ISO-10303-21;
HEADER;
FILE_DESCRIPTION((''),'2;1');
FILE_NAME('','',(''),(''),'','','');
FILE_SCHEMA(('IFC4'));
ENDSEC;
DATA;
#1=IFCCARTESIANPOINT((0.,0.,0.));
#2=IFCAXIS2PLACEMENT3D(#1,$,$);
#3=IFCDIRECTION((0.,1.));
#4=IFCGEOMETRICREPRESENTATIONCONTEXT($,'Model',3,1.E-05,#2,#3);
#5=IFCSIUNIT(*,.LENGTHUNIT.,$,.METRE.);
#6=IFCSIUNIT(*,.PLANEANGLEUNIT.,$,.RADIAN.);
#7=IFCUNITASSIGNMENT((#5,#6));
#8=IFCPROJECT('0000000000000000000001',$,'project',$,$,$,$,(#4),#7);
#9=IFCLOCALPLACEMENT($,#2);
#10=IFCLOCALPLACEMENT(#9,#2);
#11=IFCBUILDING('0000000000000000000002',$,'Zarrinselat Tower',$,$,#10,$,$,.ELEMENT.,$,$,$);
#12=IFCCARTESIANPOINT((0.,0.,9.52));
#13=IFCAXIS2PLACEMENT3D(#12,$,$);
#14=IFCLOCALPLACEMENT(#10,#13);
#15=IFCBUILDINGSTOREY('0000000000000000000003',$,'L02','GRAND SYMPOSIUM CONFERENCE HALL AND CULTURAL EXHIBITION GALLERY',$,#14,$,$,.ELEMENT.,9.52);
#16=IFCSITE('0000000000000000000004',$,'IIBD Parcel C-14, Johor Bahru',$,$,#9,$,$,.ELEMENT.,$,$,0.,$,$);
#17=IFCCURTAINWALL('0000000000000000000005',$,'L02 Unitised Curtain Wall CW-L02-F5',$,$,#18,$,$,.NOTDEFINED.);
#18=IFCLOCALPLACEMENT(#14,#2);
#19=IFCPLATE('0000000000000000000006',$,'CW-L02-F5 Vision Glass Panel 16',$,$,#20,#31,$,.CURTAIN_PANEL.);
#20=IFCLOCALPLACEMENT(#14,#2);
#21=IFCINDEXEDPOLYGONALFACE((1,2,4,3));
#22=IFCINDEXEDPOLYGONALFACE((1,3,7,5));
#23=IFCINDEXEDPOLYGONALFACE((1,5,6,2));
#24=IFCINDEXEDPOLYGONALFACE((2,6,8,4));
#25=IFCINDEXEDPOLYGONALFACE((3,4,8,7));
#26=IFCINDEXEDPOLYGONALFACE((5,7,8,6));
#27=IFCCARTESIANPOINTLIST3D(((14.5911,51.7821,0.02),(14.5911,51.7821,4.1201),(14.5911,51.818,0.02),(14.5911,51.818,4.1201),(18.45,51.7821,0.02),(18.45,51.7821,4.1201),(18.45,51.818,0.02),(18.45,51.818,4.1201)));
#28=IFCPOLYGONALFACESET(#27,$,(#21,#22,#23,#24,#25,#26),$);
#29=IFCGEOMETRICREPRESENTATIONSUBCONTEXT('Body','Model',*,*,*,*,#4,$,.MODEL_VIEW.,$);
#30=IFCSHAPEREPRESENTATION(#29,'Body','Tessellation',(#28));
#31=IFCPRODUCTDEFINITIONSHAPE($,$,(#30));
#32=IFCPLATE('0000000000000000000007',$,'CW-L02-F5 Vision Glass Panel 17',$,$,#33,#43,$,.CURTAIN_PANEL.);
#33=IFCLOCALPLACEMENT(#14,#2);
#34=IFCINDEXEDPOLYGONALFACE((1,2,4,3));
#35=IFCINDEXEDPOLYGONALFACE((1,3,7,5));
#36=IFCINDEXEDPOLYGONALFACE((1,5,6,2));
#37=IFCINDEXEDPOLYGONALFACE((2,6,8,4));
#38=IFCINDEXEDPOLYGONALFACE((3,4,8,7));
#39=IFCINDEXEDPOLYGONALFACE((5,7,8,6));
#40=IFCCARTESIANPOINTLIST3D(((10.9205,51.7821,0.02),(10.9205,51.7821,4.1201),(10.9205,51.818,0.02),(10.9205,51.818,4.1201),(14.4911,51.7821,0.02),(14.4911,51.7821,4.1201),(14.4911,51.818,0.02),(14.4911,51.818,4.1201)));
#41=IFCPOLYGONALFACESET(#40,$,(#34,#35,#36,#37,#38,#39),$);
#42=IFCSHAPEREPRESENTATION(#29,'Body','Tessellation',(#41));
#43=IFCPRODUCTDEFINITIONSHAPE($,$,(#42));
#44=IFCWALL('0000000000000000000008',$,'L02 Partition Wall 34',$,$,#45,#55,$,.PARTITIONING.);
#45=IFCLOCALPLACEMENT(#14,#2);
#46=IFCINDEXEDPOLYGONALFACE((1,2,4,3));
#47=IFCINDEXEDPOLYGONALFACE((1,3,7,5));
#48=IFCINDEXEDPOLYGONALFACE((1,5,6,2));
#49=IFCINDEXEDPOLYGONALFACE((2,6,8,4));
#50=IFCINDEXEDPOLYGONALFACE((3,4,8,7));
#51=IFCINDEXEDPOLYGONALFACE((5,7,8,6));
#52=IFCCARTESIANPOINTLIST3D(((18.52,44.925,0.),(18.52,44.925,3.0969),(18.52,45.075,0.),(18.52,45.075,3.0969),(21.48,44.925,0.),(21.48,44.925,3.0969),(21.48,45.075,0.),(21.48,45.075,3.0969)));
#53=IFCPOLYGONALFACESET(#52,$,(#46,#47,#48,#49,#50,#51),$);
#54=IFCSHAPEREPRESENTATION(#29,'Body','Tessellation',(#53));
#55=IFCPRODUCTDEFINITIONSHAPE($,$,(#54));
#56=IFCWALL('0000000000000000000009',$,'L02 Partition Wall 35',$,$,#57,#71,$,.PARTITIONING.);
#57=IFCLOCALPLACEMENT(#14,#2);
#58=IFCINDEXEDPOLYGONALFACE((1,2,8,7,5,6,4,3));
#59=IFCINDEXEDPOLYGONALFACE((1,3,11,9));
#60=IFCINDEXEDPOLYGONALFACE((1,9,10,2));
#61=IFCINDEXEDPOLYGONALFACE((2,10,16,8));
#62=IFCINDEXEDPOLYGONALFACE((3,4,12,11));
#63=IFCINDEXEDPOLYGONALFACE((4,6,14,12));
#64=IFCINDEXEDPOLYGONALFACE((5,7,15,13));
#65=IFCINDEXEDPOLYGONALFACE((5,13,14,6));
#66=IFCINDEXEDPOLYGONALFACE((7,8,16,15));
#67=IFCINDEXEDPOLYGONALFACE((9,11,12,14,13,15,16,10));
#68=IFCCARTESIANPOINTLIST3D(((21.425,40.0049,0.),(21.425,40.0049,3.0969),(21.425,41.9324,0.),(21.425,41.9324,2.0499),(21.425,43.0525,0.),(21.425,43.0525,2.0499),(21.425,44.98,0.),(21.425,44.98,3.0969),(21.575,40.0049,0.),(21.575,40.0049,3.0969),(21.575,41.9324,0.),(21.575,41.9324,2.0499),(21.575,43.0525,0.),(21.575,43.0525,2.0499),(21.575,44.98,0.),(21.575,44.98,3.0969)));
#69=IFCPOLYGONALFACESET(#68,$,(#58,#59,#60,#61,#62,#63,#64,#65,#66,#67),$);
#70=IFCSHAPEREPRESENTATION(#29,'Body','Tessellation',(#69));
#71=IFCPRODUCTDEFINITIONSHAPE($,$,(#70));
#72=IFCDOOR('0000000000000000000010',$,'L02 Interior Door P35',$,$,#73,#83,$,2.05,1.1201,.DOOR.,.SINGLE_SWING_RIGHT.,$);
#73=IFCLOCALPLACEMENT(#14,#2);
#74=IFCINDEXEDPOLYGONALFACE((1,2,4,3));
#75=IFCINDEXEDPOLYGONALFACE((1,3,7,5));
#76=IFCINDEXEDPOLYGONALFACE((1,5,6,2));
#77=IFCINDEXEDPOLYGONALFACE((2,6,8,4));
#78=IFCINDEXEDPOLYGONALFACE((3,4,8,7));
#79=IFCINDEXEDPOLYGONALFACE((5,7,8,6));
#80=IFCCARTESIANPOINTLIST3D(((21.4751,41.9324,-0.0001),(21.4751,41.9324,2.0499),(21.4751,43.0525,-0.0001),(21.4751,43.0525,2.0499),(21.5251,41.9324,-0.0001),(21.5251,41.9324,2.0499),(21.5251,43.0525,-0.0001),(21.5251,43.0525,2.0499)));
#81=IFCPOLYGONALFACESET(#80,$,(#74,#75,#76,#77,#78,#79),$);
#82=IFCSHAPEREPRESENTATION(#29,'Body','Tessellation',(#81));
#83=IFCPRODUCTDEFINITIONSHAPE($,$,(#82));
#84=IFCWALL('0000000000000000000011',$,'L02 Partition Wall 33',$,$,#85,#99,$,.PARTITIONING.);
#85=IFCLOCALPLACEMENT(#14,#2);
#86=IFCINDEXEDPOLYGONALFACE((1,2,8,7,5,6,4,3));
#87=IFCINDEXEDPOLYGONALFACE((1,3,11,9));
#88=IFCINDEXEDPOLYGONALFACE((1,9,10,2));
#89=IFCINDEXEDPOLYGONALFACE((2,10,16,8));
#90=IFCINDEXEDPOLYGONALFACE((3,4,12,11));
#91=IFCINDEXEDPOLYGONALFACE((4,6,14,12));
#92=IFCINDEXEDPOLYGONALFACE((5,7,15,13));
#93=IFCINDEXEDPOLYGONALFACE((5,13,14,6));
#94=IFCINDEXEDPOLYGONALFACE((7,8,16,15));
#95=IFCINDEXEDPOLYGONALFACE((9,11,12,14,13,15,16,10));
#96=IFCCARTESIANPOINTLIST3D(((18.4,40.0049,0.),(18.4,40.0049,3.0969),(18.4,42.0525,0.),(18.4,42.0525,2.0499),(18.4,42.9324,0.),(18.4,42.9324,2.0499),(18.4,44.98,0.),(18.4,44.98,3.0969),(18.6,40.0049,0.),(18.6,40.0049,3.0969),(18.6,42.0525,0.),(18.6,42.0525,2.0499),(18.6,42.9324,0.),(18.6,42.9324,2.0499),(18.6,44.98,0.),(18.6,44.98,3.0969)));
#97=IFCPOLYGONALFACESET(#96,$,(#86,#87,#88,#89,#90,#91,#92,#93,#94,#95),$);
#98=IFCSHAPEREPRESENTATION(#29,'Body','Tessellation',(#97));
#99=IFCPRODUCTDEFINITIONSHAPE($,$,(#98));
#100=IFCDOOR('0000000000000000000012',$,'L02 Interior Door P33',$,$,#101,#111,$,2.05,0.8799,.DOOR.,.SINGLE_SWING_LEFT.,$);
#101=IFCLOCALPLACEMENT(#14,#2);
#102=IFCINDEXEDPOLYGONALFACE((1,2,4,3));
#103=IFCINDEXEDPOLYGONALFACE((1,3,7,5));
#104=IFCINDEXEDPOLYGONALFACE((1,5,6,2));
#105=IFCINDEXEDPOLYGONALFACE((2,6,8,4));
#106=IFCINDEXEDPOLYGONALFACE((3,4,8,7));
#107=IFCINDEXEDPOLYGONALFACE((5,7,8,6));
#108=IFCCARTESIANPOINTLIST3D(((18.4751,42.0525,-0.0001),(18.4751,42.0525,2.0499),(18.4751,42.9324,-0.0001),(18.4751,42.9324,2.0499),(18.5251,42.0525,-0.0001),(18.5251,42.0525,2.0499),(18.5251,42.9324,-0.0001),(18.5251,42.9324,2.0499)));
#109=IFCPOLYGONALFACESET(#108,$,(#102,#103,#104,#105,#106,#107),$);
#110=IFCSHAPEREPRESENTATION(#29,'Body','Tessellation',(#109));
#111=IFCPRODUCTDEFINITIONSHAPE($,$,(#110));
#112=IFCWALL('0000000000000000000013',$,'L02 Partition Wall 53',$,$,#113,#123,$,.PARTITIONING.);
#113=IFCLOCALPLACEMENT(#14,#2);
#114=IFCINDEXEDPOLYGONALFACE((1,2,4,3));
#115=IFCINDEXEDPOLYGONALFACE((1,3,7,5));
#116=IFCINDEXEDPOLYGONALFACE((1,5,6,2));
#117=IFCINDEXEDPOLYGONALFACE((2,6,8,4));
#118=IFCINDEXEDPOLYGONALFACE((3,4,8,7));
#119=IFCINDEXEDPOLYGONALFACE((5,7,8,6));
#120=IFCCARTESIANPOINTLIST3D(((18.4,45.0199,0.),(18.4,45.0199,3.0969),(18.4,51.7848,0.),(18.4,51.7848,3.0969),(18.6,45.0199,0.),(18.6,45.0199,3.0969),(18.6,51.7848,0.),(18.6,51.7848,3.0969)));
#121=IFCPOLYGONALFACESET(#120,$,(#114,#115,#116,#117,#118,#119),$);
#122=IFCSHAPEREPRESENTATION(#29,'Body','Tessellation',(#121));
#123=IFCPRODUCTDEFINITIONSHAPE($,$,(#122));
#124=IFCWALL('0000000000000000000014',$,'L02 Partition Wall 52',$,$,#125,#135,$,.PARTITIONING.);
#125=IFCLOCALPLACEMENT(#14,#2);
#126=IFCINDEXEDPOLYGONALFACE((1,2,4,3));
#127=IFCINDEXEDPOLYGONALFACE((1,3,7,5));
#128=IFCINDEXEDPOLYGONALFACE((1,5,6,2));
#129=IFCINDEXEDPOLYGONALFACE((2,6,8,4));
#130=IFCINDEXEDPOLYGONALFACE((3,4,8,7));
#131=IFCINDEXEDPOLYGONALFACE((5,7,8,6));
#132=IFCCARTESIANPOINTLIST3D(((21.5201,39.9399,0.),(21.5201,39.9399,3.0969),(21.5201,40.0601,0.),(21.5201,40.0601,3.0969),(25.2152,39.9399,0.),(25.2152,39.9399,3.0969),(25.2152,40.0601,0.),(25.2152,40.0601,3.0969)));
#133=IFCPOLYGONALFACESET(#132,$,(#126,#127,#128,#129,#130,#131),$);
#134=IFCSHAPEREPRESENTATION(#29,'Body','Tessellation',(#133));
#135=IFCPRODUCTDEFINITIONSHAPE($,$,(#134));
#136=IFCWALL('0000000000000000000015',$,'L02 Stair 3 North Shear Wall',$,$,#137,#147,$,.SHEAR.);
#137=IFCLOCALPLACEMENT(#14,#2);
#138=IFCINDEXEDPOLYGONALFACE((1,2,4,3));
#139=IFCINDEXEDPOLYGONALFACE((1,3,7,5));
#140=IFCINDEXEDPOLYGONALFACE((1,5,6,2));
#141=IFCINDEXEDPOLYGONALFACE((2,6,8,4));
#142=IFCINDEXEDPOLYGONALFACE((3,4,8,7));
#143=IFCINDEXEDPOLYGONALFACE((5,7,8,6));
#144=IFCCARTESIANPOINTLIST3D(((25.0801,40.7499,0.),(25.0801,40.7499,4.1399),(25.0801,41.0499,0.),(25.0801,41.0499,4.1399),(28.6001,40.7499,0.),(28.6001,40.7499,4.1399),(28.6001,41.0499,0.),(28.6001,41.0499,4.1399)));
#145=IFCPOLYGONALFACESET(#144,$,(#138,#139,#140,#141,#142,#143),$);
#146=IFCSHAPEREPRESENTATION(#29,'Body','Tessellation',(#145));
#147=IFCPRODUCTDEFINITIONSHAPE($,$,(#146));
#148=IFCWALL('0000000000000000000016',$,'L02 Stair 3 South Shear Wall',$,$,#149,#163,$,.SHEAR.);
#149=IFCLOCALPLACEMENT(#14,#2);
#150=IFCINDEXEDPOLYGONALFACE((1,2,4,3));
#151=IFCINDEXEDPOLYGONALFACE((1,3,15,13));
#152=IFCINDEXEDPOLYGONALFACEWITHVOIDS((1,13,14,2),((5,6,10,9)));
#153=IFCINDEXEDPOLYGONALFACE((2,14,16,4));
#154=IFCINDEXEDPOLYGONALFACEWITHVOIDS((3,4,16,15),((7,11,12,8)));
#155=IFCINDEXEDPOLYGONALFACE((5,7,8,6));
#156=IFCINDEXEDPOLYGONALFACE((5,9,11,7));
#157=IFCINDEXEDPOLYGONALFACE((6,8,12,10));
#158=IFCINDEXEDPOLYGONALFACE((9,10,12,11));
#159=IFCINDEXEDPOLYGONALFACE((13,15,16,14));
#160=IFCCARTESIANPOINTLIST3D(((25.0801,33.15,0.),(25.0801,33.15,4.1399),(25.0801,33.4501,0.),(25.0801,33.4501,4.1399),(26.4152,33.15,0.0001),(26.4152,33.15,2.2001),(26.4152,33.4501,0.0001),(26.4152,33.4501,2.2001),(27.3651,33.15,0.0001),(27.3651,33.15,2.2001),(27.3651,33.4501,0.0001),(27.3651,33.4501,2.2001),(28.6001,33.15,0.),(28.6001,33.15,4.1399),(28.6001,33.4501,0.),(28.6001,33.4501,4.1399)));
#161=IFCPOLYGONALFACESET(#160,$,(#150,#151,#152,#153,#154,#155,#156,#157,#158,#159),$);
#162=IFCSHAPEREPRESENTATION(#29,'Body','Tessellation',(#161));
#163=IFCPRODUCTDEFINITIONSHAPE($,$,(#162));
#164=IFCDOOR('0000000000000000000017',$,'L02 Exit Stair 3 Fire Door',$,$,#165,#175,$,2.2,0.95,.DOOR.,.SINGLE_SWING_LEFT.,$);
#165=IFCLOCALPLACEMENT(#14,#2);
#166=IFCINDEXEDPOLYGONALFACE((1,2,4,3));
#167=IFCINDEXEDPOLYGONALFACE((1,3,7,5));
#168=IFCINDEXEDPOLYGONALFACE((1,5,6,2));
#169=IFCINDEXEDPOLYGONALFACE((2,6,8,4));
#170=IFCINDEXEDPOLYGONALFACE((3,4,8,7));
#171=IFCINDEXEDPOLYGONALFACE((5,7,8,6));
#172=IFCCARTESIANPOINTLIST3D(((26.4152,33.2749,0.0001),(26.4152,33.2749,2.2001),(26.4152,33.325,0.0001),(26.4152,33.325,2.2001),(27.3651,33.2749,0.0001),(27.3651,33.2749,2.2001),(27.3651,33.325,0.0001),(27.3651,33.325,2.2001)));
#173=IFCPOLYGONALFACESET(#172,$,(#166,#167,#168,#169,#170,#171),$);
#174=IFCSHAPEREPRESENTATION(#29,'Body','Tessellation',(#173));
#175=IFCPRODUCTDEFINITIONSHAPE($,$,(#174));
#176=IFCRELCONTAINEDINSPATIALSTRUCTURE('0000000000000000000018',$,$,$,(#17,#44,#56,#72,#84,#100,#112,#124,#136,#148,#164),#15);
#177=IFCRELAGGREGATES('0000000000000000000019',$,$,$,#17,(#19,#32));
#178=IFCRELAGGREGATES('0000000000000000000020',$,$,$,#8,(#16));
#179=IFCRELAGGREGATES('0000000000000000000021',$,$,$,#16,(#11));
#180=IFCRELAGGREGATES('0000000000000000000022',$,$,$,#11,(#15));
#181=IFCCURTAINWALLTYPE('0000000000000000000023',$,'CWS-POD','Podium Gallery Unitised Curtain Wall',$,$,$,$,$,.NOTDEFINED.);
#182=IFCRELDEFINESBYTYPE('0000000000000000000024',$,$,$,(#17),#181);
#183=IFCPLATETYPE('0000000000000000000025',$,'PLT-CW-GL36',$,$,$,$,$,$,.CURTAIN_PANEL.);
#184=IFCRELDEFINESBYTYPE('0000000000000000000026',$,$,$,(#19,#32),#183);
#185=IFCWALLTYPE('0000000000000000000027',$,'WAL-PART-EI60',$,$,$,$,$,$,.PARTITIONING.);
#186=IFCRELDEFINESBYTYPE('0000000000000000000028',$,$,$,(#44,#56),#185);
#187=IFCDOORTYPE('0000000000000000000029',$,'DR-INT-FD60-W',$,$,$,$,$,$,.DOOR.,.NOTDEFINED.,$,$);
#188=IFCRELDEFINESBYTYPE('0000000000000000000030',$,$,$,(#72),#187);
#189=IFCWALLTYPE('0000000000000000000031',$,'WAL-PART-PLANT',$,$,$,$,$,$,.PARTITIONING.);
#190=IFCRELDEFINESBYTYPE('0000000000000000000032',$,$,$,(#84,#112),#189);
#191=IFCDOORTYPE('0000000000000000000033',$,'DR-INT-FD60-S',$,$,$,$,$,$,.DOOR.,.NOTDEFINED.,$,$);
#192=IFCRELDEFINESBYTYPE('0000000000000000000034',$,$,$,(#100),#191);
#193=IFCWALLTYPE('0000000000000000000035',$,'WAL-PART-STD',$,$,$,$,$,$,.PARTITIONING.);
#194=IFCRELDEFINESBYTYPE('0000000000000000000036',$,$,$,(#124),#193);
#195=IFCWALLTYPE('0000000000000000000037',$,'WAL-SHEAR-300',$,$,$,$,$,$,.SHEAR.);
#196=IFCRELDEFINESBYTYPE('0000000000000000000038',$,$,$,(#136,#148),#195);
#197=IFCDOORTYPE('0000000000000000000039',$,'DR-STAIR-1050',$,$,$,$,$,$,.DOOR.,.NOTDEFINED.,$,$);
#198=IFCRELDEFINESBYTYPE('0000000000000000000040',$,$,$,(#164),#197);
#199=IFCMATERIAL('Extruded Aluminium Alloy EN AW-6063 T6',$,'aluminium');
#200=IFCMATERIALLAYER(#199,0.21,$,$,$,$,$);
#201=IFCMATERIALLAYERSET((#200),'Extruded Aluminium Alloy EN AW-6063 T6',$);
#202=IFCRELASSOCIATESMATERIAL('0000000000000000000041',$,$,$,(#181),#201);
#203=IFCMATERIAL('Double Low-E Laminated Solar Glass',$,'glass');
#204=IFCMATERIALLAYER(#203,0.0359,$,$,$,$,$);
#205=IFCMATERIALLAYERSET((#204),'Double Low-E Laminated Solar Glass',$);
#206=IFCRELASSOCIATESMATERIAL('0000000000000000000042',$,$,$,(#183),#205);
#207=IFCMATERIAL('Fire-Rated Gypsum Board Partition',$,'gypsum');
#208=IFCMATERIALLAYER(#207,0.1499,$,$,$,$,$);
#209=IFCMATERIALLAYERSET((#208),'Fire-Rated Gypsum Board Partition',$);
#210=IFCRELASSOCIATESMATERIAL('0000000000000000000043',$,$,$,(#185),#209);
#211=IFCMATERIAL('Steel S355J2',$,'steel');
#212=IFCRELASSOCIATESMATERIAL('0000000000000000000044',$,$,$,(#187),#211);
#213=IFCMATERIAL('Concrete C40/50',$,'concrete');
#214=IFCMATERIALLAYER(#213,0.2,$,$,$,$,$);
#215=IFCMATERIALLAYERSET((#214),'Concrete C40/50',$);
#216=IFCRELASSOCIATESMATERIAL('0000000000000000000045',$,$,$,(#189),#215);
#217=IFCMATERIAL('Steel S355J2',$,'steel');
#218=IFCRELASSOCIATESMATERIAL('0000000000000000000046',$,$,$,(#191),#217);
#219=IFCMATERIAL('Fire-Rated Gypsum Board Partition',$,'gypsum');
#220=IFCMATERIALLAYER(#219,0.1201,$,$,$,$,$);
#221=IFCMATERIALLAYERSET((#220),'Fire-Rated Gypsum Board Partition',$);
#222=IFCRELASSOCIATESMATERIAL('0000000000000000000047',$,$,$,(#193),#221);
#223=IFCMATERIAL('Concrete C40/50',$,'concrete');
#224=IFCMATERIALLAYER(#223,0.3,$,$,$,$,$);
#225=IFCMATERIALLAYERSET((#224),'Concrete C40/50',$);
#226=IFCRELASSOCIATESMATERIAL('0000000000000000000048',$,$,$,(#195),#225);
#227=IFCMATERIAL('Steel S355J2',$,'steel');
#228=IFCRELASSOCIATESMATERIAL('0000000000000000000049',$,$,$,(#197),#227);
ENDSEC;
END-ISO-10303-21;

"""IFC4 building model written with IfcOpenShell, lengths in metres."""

from ifc_helpers import new_model, si_unit, direction, frame, frame_2d, origin, origin_2d, place, context, subcontext, project, spatial, rectangle, extrude, material, layer, layer_set, type_object, element, fill, aggregate, save


model = new_model("IFC4")

# Units and contexts
model_context = context("Model", 3, precision=1e-05, world=origin(), true_north=direction((0.0, 1.0)))
body_context = subcontext(model_context, "Body", "Model", "MODEL_VIEW")
ifc_project = project(units=[si_unit("LENGTHUNIT", "METRE"), si_unit("PLANEANGLEUNIT", "RADIAN")], contexts=[model_context])

# Site, building, storey
site_placement = place(None, origin())
site = spatial("IfcSite", under=ifc_project, at=site_placement, Name="IIBD Parcel C-14, Johor Bahru", CompositionType="ELEMENT", RefElevation=0.0)
building_placement = place(site_placement, origin())
building = spatial("IfcBuilding", under=site, at=building_placement, Name="Zarrinselat Tower", CompositionType="ELEMENT")
storey_placement = place(building_placement, frame((0.0, 0.0, 9.52)))
storey = spatial("IfcBuildingStorey", under=building, at=storey_placement, Name="L02", Description="GRAND SYMPOSIUM CONFERENCE HALL AND CULTURAL EXHIBITION GALLERY", CompositionType="ELEMENT", Elevation=9.52)

# Curtain wall, plates
ifc_material_1 = material(Name="Extruded Aluminium Alloy EN AW-6063 T6", Category="aluminium")
ifc_layer_1 = layer(ifc_material_1, 0.21)
ifc_layer_set_1 = layer_set([ifc_layer_1], Name="Extruded Aluminium Alloy EN AW-6063 T6")
curtain_wall_type = type_object("IfcCurtainWallType", Name="CWS-POD", Description="Podium Gallery Unitised Curtain Wall", PredefinedType="NOTDEFINED", material=ifc_layer_set_1)
curtain_wall_placement = place(storey_placement, origin())
curtain_wall = element("IfcCurtainWall", 1, at=curtain_wall_placement, inside=storey, type_object=curtain_wall_type, Name="L02 Unitised Curtain Wall CW-L02-F5", PredefinedType="NOTDEFINED")
ifc_material_2 = material(Name="Double Low-E Laminated Solar Glass", Category="glass")
ifc_layer_2 = layer(ifc_material_2, 0.0359)
ifc_layer_set_2 = layer_set([ifc_layer_2], Name="Double Low-E Laminated Solar Glass")
plate_type = type_object("IfcPlateType", Name="PLT-CW-GL36", PredefinedType="CURTAIN_PANEL", material=ifc_layer_set_2)
plate_1_placement = place(storey_placement, frame((16.5205, 51.8, 0.02), z_axis=(0.0, 0.0, 1.0), x_axis=(-1.0, 0.0, 0.0)))
plate_1 = element("IfcPlate", 2, at=plate_1_placement, type_object=plate_type, Name="CW-L02-F5 Vision Glass Panel 16", PredefinedType="CURTAIN_PANEL", context=body_context, shape_type="SweptSolid", body=[
    extrude(rectangle(XDim=3.8589, YDim=0.0359, at=origin_2d()), origin(), (0.0, 0.0, 1.0), 4.1001),
])
plate_2_placement = place(storey_placement, frame((12.7058, 51.8, 0.02), z_axis=(0.0, 0.0, 1.0), x_axis=(-1.0, 0.0, 0.0)))
plate_2 = element("IfcPlate", 3, at=plate_2_placement, type_object=plate_type, Name="CW-L02-F5 Vision Glass Panel 17", PredefinedType="CURTAIN_PANEL", context=body_context, shape_type="SweptSolid", body=[
    extrude(rectangle(XDim=3.5706, YDim=0.0359, at=origin_2d()), origin(), (0.0, 0.0, 1.0), 4.1001),
])
aggregate(curtain_wall, [plate_1, plate_2])

# Wall
ifc_material_3 = material(Name="Fire-Rated Gypsum Board Partition", Category="gypsum")
ifc_layer_3 = layer(ifc_material_3, 0.1499)
ifc_layer_set_3 = layer_set([ifc_layer_3], Name="Fire-Rated Gypsum Board Partition")
wall_type_1 = type_object("IfcWallType", Name="WAL-PART-EI60", PredefinedType="PARTITIONING", material=ifc_layer_set_3)
wall_1_placement = place(storey_placement, frame((18.52, 45.0, 0.0), z_axis=(0.0, 0.0, 1.0), x_axis=(1.0, 0.0, 0.0)))
element("IfcWall", 4, at=wall_1_placement, inside=storey, type_object=wall_type_1, Name="L02 Partition Wall 34", PredefinedType="PARTITIONING", context=body_context, shape_type="SweptSolid", body=[
    extrude(rectangle(XDim=2.96, YDim=0.1499, at=frame_2d((1.48, 0.0))), origin(), (0.0, 0.0, 1.0), 3.0969),
])

# Walls, openings, doors
wall_2_placement = place(storey_placement, frame((21.5, 40.0049, 0.0), z_axis=(0.0, 0.0, 1.0), x_axis=(0.0, 1.0, 0.0)))
wall_2 = element("IfcWall", 5, at=wall_2_placement, inside=storey, type_object=wall_type_1, Name="L02 Partition Wall 35", PredefinedType="PARTITIONING", context=body_context, shape_type="SweptSolid", body=[
    extrude(rectangle(XDim=4.9751, YDim=0.1499, at=frame_2d((2.4875, 0.0))), origin(), (0.0, 0.0, 1.0), 3.0969),
])
opening_1_placement = place(wall_2_placement, frame((1.9275, 0.0, 0.0)))
opening_1 = element("IfcOpeningElement", 6, at=opening_1_placement, cuts=wall_2, PredefinedType="OPENING", context=body_context, shape_type="SweptSolid", body=[
    extrude(rectangle(XDim=1.1201, YDim=2.05, at=frame_2d((0.5601, 1.0249))), frame((0.0, 0.085, 0.0), z_axis=(0.0, -1.0, 0.0), x_axis=(1.0, 0.0, 0.0)), (0.0, 0.0, 1.0), 0.1699),
])
ifc_material_4 = material(Name="Steel S355J2", Category="steel")
door_type_1 = type_object("IfcDoorType", Name="DR-INT-FD60-W", OperationType="NOTDEFINED", PredefinedType="DOOR", material=ifc_material_4)
door_1_placement = place(opening_1_placement, origin())
door_1 = element("IfcDoor", 7, at=door_1_placement, inside=storey, type_object=door_type_1, Name="L02 Interior Door P35", OperationType="SINGLE_SWING_RIGHT", OverallHeight=2.05, OverallWidth=1.1201, PredefinedType="DOOR", context=body_context, shape_type="SweptSolid", body=[
    extrude(rectangle(XDim=1.1201, YDim=2.05, at=frame_2d((0.5601, 1.0249))), frame((0.0, 0.0249, 0.0), z_axis=(0.0, -1.0, 0.0), x_axis=(1.0, 0.0, 0.0)), (0.0, 0.0, 1.0), 0.05),
])
fill(opening_1, door_1)
ifc_material_5 = material(Name="Concrete C40/50", Category="concrete")
ifc_layer_4 = layer(ifc_material_5, 0.2)
ifc_layer_set_4 = layer_set([ifc_layer_4], Name="Concrete C40/50")
wall_type_2 = type_object("IfcWallType", Name="WAL-PART-PLANT", PredefinedType="PARTITIONING", material=ifc_layer_set_4)
wall_3_placement = place(storey_placement, frame((18.5, 40.0049, 0.0), z_axis=(0.0, 0.0, 1.0), x_axis=(0.0, 1.0, 0.0)))
wall_3 = element("IfcWall", 8, at=wall_3_placement, inside=storey, type_object=wall_type_2, Name="L02 Partition Wall 33", PredefinedType="PARTITIONING", context=body_context, shape_type="SweptSolid", body=[
    extrude(rectangle(XDim=4.9751, YDim=0.2, at=frame_2d((2.4875, 0.0))), origin(), (0.0, 0.0, 1.0), 3.0969),
])
opening_2_placement = place(wall_3_placement, frame((2.0476, 0.0, 0.0)))
opening_2 = element("IfcOpeningElement", 9, at=opening_2_placement, cuts=wall_3, PredefinedType="OPENING", context=body_context, shape_type="SweptSolid", body=[
    extrude(rectangle(XDim=0.8799, YDim=2.05, at=frame_2d((0.4399, 1.0249))), frame((0.0, 0.1099, 0.0), z_axis=(0.0, -1.0, 0.0), x_axis=(1.0, 0.0, 0.0)), (0.0, 0.0, 1.0), 0.22),
])
ifc_material_6 = material(Name="Steel S355J2", Category="steel")
door_type_2 = type_object("IfcDoorType", Name="DR-INT-FD60-S", OperationType="NOTDEFINED", PredefinedType="DOOR", material=ifc_material_6)
door_2_placement = place(opening_2_placement, origin())
door_2 = element("IfcDoor", 10, at=door_2_placement, inside=storey, type_object=door_type_2, Name="L02 Interior Door P33", OperationType="SINGLE_SWING_LEFT", OverallHeight=2.05, OverallWidth=0.8799, PredefinedType="DOOR", context=body_context, shape_type="SweptSolid", body=[
    extrude(rectangle(XDim=0.8799, YDim=2.05, at=frame_2d((0.4399, 1.0249))), frame((0.0, 0.0249, 0.0), z_axis=(0.0, -1.0, 0.0), x_axis=(1.0, 0.0, 0.0)), (0.0, 0.0, 1.0), 0.05),
])
fill(opening_2, door_2)

# Walls
wall_4_placement = place(storey_placement, frame((18.5, 45.02, 0.0), z_axis=(0.0, 0.0, 1.0), x_axis=(0.0, 1.0, 0.0)))
element("IfcWall", 11, at=wall_4_placement, inside=storey, type_object=wall_type_2, Name="L02 Partition Wall 53", PredefinedType="PARTITIONING", context=body_context, shape_type="SweptSolid", body=[
    extrude(rectangle(XDim=6.7649, YDim=0.2, at=frame_2d((3.3823, 0.0))), origin(), (0.0, 0.0, 1.0), 3.0969),
])
ifc_material_7 = material(Name="Fire-Rated Gypsum Board Partition", Category="gypsum")
ifc_layer_5 = layer(ifc_material_7, 0.1201)
ifc_layer_set_5 = layer_set([ifc_layer_5], Name="Fire-Rated Gypsum Board Partition")
wall_type_3 = type_object("IfcWallType", Name="WAL-PART-STD", PredefinedType="PARTITIONING", material=ifc_layer_set_5)
wall_5_placement = place(storey_placement, frame((21.52, 40.0, 0.0), z_axis=(0.0, 0.0, 1.0), x_axis=(1.0, 0.0, 0.0)))
element("IfcWall", 12, at=wall_5_placement, inside=storey, type_object=wall_type_3, Name="L02 Partition Wall 52", PredefinedType="PARTITIONING", context=body_context, shape_type="SweptSolid", body=[
    extrude(rectangle(XDim=3.6951, YDim=0.1201, at=frame_2d((1.8477, 0.0))), origin(), (0.0, 0.0, 1.0), 3.0969),
])
ifc_material_8 = material(Name="Concrete C40/50", Category="concrete")
ifc_layer_6 = layer(ifc_material_8, 0.3)
ifc_layer_set_6 = layer_set([ifc_layer_6], Name="Concrete C40/50")
wall_type_4 = type_object("IfcWallType", Name="WAL-SHEAR-300", PredefinedType="SHEAR", material=ifc_layer_set_6)
wall_6_placement = place(storey_placement, frame((25.0801, 40.8999, 0.0), z_axis=(0.0, 0.0, 1.0), x_axis=(1.0, 0.0, 0.0)))
element("IfcWall", 13, at=wall_6_placement, inside=storey, type_object=wall_type_4, Name="L02 Stair 3 North Shear Wall", PredefinedType="SHEAR", context=body_context, shape_type="SweptSolid", body=[
    extrude(rectangle(XDim=3.52, YDim=0.3, at=frame_2d((1.76, 0.0))), origin(), (0.0, 0.0, 1.0), 4.1399),
])

# Wall, opening, door
wall_7_placement = place(storey_placement, frame((25.0801, 33.3, 0.0), z_axis=(0.0, 0.0, 1.0), x_axis=(1.0, 0.0, 0.0)))
wall_7 = element("IfcWall", 14, at=wall_7_placement, inside=storey, type_object=wall_type_4, Name="L02 Stair 3 South Shear Wall", PredefinedType="SHEAR", context=body_context, shape_type="SweptSolid", body=[
    extrude(rectangle(XDim=3.52, YDim=0.3, at=frame_2d((1.76, 0.0))), origin(), (0.0, 0.0, 1.0), 4.1399),
])
opening_3_placement = place(wall_7_placement, frame((1.335, 0.0, 0.0)))
opening_3 = element("IfcOpeningElement", 15, at=opening_3_placement, cuts=wall_7, PredefinedType="OPENING", context=body_context, shape_type="SweptSolid", body=[
    extrude(rectangle(XDim=0.95, YDim=2.2, at=frame_2d((0.4751, 1.1001))), frame((0.0, 0.1599, 0.0), z_axis=(0.0, -1.0, 0.0), x_axis=(1.0, 0.0, 0.0)), (0.0, 0.0, 1.0), 0.3201),
])
ifc_material_9 = material(Name="Steel S355J2", Category="steel")
door_type_3 = type_object("IfcDoorType", Name="DR-STAIR-1050", OperationType="NOTDEFINED", PredefinedType="DOOR", material=ifc_material_9)
door_3_placement = place(opening_3_placement, origin())
door_3 = element("IfcDoor", 16, at=door_3_placement, inside=storey, type_object=door_type_3, Name="L02 Exit Stair 3 Fire Door", OperationType="SINGLE_SWING_LEFT", OverallHeight=2.2, OverallWidth=0.95, PredefinedType="DOOR", context=body_context, shape_type="SweptSolid", body=[
    extrude(rectangle(XDim=0.95, YDim=2.2, at=frame_2d((0.4751, 1.1001))), frame((0.0, 0.0249, 0.0), z_axis=(0.0, -1.0, 0.0), x_axis=(1.0, 0.0, 0.0)), (0.0, 0.0, 1.0), 0.05),
])
fill(opening_3, door_3)

save(model, "model.ifc")
